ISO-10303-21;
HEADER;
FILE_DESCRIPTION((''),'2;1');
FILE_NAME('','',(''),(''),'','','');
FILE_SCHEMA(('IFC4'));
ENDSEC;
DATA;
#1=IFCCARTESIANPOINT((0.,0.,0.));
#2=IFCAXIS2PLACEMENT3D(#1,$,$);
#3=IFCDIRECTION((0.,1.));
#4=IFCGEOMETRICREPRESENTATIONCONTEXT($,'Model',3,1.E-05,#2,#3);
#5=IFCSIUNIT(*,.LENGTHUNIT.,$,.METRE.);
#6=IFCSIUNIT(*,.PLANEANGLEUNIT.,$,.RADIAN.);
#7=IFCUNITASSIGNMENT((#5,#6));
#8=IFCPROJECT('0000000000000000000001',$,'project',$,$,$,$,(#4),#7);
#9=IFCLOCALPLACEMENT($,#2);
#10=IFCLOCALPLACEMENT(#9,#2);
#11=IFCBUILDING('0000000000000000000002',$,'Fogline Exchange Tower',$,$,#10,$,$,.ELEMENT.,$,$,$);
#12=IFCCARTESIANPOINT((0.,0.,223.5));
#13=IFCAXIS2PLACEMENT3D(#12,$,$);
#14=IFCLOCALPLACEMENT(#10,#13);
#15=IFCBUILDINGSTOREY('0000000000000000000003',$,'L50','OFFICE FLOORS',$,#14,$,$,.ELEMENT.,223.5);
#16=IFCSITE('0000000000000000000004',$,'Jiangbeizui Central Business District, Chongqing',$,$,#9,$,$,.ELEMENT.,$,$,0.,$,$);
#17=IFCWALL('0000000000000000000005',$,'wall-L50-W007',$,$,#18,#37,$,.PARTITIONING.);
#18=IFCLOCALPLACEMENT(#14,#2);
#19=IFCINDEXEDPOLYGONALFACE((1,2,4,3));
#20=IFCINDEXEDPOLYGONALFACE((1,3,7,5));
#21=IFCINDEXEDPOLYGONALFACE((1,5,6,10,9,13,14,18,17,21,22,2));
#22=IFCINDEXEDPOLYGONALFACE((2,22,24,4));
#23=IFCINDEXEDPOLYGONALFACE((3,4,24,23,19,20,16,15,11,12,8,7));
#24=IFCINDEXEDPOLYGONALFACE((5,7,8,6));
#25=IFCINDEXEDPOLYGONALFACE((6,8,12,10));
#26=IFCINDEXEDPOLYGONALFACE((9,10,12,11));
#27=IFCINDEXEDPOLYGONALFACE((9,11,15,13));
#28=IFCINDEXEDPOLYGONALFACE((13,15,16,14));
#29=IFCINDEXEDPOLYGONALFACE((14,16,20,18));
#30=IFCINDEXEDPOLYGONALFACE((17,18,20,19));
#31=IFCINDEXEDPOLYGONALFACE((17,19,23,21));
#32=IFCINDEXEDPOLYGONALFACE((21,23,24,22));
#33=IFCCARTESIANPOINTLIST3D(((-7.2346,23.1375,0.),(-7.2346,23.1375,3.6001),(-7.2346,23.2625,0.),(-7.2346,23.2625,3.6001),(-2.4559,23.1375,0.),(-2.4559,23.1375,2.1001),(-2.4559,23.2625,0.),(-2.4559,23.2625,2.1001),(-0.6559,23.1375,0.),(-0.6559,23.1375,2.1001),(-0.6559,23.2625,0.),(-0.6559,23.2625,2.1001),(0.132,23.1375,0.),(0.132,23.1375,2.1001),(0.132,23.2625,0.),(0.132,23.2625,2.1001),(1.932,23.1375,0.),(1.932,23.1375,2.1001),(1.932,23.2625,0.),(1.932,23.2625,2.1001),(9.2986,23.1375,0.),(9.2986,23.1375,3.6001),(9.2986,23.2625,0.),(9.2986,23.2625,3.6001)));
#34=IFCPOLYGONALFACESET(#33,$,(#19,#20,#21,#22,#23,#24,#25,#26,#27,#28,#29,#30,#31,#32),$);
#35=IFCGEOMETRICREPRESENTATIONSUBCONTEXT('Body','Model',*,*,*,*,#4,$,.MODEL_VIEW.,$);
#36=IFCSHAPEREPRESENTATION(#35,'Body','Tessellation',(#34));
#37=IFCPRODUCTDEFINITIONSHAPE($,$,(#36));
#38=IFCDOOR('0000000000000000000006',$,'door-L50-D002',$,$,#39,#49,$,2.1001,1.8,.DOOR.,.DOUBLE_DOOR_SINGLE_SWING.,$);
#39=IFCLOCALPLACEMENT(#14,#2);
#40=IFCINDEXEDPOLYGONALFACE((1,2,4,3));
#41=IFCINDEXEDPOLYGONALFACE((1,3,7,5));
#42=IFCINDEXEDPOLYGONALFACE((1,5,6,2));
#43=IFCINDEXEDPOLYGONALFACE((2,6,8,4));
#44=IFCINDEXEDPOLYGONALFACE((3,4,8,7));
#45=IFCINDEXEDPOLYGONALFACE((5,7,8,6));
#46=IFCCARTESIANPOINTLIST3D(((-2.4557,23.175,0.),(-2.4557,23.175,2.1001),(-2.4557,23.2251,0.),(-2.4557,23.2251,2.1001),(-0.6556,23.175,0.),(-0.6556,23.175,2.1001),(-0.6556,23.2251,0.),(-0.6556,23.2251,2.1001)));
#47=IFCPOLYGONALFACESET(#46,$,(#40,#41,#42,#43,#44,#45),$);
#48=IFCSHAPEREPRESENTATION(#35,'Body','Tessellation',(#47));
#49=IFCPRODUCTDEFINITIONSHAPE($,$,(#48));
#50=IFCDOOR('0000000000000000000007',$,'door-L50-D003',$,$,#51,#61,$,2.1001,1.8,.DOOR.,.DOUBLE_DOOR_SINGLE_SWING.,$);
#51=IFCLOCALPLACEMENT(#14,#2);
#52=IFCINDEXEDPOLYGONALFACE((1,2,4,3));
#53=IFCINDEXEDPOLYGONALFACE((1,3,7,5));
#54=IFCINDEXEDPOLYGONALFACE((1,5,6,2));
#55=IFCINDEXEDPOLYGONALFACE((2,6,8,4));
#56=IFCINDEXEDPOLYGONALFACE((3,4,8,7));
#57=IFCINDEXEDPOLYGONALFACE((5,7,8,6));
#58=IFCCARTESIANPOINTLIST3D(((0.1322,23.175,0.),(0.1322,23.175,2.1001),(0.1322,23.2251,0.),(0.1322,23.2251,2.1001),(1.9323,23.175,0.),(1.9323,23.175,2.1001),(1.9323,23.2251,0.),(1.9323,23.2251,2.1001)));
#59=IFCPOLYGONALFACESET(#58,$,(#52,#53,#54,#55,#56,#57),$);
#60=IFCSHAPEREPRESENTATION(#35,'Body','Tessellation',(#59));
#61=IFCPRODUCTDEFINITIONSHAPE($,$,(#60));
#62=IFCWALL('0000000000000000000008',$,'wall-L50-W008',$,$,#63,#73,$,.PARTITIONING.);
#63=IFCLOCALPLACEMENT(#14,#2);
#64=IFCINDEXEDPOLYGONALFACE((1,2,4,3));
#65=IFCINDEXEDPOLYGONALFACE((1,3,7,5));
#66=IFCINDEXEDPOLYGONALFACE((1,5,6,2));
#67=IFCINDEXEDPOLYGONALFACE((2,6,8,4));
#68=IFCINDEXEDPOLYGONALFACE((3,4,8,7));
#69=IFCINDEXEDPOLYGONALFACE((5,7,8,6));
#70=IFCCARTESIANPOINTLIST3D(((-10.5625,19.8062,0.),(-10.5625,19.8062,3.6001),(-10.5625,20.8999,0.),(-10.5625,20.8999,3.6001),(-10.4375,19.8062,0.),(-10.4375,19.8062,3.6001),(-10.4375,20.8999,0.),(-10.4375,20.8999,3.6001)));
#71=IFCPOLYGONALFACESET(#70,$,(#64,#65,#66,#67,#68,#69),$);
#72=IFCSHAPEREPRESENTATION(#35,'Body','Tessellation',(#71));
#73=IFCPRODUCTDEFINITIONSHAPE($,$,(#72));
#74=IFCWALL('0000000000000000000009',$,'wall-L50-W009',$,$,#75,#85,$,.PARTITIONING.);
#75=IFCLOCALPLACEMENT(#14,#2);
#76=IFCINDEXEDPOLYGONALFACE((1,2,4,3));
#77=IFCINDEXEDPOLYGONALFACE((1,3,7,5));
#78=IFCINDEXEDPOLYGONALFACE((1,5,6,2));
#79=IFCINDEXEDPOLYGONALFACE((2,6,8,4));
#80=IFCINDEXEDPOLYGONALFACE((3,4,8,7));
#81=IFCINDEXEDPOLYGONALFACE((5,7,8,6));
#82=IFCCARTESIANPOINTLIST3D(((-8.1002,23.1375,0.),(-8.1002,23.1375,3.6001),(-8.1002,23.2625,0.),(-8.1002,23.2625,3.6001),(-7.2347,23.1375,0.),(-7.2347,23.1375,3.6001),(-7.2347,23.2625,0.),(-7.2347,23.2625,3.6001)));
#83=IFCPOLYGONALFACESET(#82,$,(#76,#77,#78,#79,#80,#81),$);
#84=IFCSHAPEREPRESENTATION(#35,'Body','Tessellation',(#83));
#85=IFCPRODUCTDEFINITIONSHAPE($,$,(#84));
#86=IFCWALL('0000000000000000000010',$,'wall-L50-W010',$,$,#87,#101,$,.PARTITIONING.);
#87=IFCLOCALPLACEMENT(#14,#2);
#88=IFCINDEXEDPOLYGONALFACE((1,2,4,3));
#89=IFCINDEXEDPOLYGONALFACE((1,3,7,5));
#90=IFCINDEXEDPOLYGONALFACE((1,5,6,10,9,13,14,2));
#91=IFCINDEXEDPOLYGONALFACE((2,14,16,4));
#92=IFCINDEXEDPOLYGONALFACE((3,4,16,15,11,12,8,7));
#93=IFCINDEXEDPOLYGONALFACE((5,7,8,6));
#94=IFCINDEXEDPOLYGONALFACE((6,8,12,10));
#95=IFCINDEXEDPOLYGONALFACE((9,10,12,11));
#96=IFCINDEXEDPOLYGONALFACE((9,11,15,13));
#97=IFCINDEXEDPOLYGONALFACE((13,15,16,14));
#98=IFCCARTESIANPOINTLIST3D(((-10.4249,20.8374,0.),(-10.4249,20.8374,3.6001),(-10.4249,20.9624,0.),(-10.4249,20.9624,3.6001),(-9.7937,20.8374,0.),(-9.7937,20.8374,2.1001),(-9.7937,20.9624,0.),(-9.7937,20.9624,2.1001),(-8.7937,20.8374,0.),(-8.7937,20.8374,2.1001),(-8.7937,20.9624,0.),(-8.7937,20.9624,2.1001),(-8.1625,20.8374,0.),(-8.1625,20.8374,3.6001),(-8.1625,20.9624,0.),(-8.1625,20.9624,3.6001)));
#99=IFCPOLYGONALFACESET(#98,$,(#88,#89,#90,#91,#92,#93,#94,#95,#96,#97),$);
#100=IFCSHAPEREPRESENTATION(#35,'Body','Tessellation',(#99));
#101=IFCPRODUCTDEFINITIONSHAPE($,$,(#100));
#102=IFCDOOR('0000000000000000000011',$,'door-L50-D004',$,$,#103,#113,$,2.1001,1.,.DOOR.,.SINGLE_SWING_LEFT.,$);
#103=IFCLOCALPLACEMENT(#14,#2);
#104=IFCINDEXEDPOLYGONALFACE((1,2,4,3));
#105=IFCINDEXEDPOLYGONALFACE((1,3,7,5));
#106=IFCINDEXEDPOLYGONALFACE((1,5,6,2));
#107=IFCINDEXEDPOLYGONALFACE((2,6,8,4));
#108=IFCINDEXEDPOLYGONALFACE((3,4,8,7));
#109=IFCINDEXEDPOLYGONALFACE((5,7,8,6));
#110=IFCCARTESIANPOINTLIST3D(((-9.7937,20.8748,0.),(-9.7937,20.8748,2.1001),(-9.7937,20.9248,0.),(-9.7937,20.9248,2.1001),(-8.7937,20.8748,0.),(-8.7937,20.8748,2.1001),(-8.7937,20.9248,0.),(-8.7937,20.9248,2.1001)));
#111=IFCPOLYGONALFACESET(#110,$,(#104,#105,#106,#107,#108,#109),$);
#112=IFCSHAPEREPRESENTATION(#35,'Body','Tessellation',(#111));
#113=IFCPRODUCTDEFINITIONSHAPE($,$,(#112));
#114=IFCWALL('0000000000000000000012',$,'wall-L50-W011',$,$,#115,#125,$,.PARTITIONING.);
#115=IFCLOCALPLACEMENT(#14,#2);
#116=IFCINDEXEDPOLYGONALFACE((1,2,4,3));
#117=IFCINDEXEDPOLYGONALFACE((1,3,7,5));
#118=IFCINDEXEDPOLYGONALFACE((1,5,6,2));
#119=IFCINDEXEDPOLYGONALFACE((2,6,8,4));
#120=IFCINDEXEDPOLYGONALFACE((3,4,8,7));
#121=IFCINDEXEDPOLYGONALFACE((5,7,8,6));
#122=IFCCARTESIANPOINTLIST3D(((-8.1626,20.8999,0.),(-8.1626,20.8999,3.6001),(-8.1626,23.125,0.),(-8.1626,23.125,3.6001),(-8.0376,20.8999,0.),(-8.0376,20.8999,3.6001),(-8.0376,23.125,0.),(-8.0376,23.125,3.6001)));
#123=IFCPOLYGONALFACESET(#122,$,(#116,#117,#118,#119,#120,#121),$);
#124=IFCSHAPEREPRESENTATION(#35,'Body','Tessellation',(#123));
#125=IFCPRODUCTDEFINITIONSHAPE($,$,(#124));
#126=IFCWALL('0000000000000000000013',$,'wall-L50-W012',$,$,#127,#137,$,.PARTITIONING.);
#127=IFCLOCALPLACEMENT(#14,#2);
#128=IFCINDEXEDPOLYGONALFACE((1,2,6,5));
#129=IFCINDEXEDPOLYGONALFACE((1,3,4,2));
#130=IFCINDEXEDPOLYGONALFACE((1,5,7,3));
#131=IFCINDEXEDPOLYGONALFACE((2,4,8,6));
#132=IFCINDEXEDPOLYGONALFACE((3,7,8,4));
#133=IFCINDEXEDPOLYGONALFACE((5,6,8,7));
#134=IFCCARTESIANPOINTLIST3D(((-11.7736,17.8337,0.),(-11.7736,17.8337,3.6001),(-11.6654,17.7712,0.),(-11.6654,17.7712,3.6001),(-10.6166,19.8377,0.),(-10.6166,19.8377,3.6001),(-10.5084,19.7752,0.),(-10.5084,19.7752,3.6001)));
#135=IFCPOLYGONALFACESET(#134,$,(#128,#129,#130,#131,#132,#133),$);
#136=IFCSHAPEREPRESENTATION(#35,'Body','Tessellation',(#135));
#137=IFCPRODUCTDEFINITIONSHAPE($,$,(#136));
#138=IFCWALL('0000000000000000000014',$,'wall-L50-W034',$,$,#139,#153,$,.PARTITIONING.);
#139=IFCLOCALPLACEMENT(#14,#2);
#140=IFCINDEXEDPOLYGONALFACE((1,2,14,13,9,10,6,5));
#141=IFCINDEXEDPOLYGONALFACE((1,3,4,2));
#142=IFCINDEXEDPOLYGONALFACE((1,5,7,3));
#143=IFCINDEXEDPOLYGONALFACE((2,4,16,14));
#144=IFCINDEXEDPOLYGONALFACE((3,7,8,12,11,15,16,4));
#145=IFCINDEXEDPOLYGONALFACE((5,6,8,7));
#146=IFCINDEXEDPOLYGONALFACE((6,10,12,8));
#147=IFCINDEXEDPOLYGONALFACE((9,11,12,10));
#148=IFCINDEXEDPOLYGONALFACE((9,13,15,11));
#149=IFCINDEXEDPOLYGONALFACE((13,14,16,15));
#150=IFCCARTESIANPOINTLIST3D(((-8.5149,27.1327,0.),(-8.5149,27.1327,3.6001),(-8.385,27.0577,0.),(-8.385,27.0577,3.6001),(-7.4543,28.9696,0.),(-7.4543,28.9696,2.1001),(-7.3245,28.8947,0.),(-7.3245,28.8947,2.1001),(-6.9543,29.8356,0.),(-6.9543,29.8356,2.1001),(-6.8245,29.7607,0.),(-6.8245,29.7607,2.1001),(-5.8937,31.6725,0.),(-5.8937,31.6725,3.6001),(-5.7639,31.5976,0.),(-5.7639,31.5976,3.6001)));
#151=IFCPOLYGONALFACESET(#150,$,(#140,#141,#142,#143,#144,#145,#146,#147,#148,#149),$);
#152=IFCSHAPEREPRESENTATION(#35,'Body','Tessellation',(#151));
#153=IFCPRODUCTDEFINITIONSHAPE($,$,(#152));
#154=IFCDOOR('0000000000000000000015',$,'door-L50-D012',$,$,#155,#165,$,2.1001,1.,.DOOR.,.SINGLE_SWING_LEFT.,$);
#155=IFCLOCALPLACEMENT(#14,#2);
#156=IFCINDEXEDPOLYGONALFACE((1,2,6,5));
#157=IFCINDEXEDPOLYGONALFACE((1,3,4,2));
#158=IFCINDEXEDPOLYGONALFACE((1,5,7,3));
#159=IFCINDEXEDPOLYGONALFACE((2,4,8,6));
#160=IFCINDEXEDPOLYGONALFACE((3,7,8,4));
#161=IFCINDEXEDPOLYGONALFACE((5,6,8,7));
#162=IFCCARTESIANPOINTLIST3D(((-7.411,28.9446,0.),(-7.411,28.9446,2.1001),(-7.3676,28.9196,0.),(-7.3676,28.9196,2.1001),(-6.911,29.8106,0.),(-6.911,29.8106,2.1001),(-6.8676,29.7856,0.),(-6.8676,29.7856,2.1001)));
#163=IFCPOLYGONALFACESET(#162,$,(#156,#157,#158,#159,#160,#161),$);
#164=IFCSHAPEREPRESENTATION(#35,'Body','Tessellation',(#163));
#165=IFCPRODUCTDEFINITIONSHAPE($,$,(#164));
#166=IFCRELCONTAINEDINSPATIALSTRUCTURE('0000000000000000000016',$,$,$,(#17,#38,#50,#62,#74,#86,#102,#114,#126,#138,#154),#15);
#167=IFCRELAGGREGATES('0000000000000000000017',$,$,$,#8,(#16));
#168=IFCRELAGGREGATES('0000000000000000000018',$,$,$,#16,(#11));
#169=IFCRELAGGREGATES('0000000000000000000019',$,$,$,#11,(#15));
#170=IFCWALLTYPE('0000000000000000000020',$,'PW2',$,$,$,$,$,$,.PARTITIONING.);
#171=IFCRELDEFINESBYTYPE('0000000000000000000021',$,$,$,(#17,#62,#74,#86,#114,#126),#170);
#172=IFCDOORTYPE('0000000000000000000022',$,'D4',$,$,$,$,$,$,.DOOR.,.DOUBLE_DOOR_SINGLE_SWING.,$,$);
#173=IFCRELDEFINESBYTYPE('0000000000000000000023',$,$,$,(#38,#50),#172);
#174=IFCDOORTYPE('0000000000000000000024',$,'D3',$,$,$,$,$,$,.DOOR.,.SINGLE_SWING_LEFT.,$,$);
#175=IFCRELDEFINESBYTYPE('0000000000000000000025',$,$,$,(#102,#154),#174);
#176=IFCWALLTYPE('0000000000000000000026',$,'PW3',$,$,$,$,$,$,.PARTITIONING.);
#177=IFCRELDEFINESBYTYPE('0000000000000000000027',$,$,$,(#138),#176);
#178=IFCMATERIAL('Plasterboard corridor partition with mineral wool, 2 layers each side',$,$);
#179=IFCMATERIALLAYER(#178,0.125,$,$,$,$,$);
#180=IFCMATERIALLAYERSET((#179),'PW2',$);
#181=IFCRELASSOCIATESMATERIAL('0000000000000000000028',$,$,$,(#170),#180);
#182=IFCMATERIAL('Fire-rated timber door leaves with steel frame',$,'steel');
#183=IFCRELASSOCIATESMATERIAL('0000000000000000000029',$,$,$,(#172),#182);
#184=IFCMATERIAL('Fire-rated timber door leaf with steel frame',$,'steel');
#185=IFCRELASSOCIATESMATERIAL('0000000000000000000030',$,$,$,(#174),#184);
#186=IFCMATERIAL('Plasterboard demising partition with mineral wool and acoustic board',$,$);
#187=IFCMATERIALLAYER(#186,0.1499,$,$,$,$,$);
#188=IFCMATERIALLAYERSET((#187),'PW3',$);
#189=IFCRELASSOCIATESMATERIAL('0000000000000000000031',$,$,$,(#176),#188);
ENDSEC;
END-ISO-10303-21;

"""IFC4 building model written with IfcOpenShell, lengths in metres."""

from ifc_helpers import new_model, si_unit, direction, frame, frame_2d, origin, place, context, subcontext, project, spatial, rectangle, extrude, material, layer, layer_set, type_object, element, fill, save


model = new_model("IFC4")

# Units and contexts
model_context = context("Model", 3, precision=1e-05, world=origin(), true_north=direction((0.0, 1.0)))
body_context = subcontext(model_context, "Body", "Model", "MODEL_VIEW")
ifc_project = project(units=[si_unit("LENGTHUNIT", "METRE"), si_unit("PLANEANGLEUNIT", "RADIAN")], contexts=[model_context])

# Site, building, storey
site_placement = place(None, origin())
site = spatial("IfcSite", under=ifc_project, at=site_placement, Name="Jiangbeizui Central Business District, Chongqing", CompositionType="ELEMENT", RefElevation=0.0)
building_placement = place(site_placement, origin())
building = spatial("IfcBuilding", under=site, at=building_placement, Name="Fogline Exchange Tower", CompositionType="ELEMENT")
storey_placement = place(building_placement, frame((0.0, 0.0, 223.5)))
storey = spatial("IfcBuildingStorey", under=building, at=storey_placement, Name="L50", Description="OFFICE FLOORS", CompositionType="ELEMENT", Elevation=223.5)

# Wall, openings, doors
ifc_material_1 = material(Name="Plasterboard corridor partition with mineral wool, 2 layers each side")
ifc_layer_1 = layer(ifc_material_1, 0.125)
ifc_layer_set_1 = layer_set([ifc_layer_1], Name="PW2")
wall_type_1 = type_object("IfcWallType", Name="PW2", PredefinedType="PARTITIONING", material=ifc_layer_set_1)
wall_1_placement = place(storey_placement, frame((-7.2346, 23.2, 0.0), z_axis=(0.0, 0.0, 1.0), x_axis=(1.0, 0.0, 0.0)))
wall_1 = element("IfcWall", 1, at=wall_1_placement, inside=storey, type_object=wall_type_1, Name="wall-L50-W007", PredefinedType="PARTITIONING", context=body_context, shape_type="SweptSolid", body=[
    extrude(rectangle(XDim=16.5332, YDim=0.125, at=frame_2d((8.2666, 0.0))), origin(), (0.0, 0.0, 1.0), 3.6001),
])
opening_1_placement = place(wall_1_placement, frame((4.7788, 0.0, 0.0)))
opening_1 = element("IfcOpeningElement", 2, at=opening_1_placement, cuts=wall_1, PredefinedType="OPENING", context=body_context, shape_type="SweptSolid", body=[
    extrude(rectangle(XDim=1.8, YDim=2.1001, at=frame_2d((0.8999, 1.05))), frame((0.0, 0.0725, 0.0), z_axis=(0.0, -1.0, 0.0), x_axis=(1.0, 0.0, 0.0)), (0.0, 0.0, 1.0), 0.145),
])
opening_2_placement = place(wall_1_placement, frame((7.3667, 0.0, 0.0)))
opening_2 = element("IfcOpeningElement", 3, at=opening_2_placement, cuts=wall_1, PredefinedType="OPENING", context=body_context, shape_type="SweptSolid", body=[
    extrude(rectangle(XDim=1.8, YDim=2.1001, at=frame_2d((0.8999, 1.05))), frame((0.0, 0.0725, 0.0), z_axis=(0.0, -1.0, 0.0), x_axis=(1.0, 0.0, 0.0)), (0.0, 0.0, 1.0), 0.145),
])
ifc_material_2 = material(Name="Fire-rated timber door leaves with steel frame", Category="steel")
door_type_1 = type_object("IfcDoorType", Name="D4", OperationType="DOUBLE_DOOR_SINGLE_SWING", PredefinedType="DOOR", material=ifc_material_2)
door_1_placement = place(opening_1_placement, frame((1.8, 0.0, 0.0), z_axis=(0.0, 0.0, 1.0), x_axis=(-1.0, 0.0, 0.0)))
door_1 = element("IfcDoor", 4, at=door_1_placement, inside=storey, type_object=door_type_1, Name="door-L50-D002", OperationType="DOUBLE_DOOR_SINGLE_SWING", OverallHeight=2.1001, OverallWidth=1.8, PredefinedType="DOOR", context=body_context, shape_type="SweptSolid", body=[
    extrude(rectangle(XDim=1.8, YDim=2.1001, at=frame_2d((0.8999, 1.05))), frame((0.0, 0.0249, 0.0), z_axis=(0.0, -1.0, 0.0), x_axis=(1.0, 0.0, 0.0)), (0.0, 0.0, 1.0), 0.05),
])
fill(opening_1, door_1)
door_2_placement = place(opening_2_placement, frame((1.8, 0.0, 0.0), z_axis=(0.0, 0.0, 1.0), x_axis=(-1.0, 0.0, 0.0)))
door_2 = element("IfcDoor", 5, at=door_2_placement, inside=storey, type_object=door_type_1, Name="door-L50-D003", OperationType="DOUBLE_DOOR_SINGLE_SWING", OverallHeight=2.1001, OverallWidth=1.8, PredefinedType="DOOR", context=body_context, shape_type="SweptSolid", body=[
    extrude(rectangle(XDim=1.8, YDim=2.1001, at=frame_2d((0.8999, 1.05))), frame((0.0, 0.0249, 0.0), z_axis=(0.0, -1.0, 0.0), x_axis=(1.0, 0.0, 0.0)), (0.0, 0.0, 1.0), 0.05),
])
fill(opening_2, door_2)

# Walls
wall_2_placement = place(storey_placement, frame((-10.5, 19.8062, 0.0), z_axis=(0.0, 0.0, 1.0), x_axis=(0.0, 1.0, 0.0)))
element("IfcWall", 6, at=wall_2_placement, inside=storey, type_object=wall_type_1, Name="wall-L50-W008", PredefinedType="PARTITIONING", context=body_context, shape_type="SweptSolid", body=[
    extrude(rectangle(XDim=1.0938, YDim=0.125, at=frame_2d((0.5469, 0.0))), origin(), (0.0, 0.0, 1.0), 3.6001),
])
wall_3_placement = place(storey_placement, frame((-8.1001, 23.2, 0.0), z_axis=(0.0, 0.0, 1.0), x_axis=(1.0, 0.0, 0.0)))
element("IfcWall", 7, at=wall_3_placement, inside=storey, type_object=wall_type_1, Name="wall-L50-W009", PredefinedType="PARTITIONING", context=body_context, shape_type="SweptSolid", body=[
    extrude(rectangle(XDim=0.8655, YDim=0.125, at=frame_2d((0.4326, 0.0))), origin(), (0.0, 0.0, 1.0), 3.6001),
])

# Wall, opening, door
wall_4_placement = place(storey_placement, frame((-10.425, 20.8999, 0.0), z_axis=(0.0, 0.0, 1.0), x_axis=(1.0, 0.0, 0.0)))
wall_4 = element("IfcWall", 8, at=wall_4_placement, inside=storey, type_object=wall_type_1, Name="wall-L50-W010", PredefinedType="PARTITIONING", context=body_context, shape_type="SweptSolid", body=[
    extrude(rectangle(XDim=2.2625, YDim=0.125, at=frame_2d((1.1313, 0.0))), origin(), (0.0, 0.0, 1.0), 3.6001),
])
opening_3_placement = place(wall_4_placement, frame((0.6313, 0.0, 0.0)))
opening_3 = element("IfcOpeningElement", 9, at=opening_3_placement, cuts=wall_4, PredefinedType="OPENING", context=body_context, shape_type="SweptSolid", body=[
    extrude(rectangle(XDim=1.0, YDim=2.1001, at=frame_2d((0.5, 1.05))), frame((0.0, 0.0725, 0.0), z_axis=(0.0, -1.0, 0.0), x_axis=(1.0, 0.0, 0.0)), (0.0, 0.0, 1.0), 0.145),
])
ifc_material_3 = material(Name="Fire-rated timber door leaf with steel frame", Category="steel")
door_type_2 = type_object("IfcDoorType", Name="D3", OperationType="SINGLE_SWING_LEFT", PredefinedType="DOOR", material=ifc_material_3)
door_3_placement = place(opening_3_placement, origin())
door_3 = element("IfcDoor", 10, at=door_3_placement, inside=storey, type_object=door_type_2, Name="door-L50-D004", OperationType="SINGLE_SWING_LEFT", OverallHeight=2.1001, OverallWidth=1.0, PredefinedType="DOOR", context=body_context, shape_type="SweptSolid", body=[
    extrude(rectangle(XDim=1.0, YDim=2.1001, at=frame_2d((0.5, 1.05))), frame((0.0, 0.0249, 0.0), z_axis=(0.0, -1.0, 0.0), x_axis=(1.0, 0.0, 0.0)), (0.0, 0.0, 1.0), 0.05),
])
fill(opening_3, door_3)

# Walls
wall_5_placement = place(storey_placement, frame((-8.1001, 20.8999, 0.0), z_axis=(0.0, 0.0, 1.0), x_axis=(0.0, 1.0, 0.0)))
element("IfcWall", 11, at=wall_5_placement, inside=storey, type_object=wall_type_1, Name="wall-L50-W011", PredefinedType="PARTITIONING", context=body_context, shape_type="SweptSolid", body=[
    extrude(rectangle(XDim=2.2251, YDim=0.125, at=frame_2d((1.1125, 0.0))), origin(), (0.0, 0.0, 1.0), 3.6001),
])
wall_6_placement = place(storey_placement, frame((-11.7195, 17.8025, 0.0), z_axis=(0.0, 0.0, 1.0), x_axis=(0.500009, 0.86602, 0.0)))
element("IfcWall", 12, at=wall_6_placement, inside=storey, type_object=wall_type_1, Name="wall-L50-W012", PredefinedType="PARTITIONING", context=body_context, shape_type="SweptSolid", body=[
    extrude(rectangle(XDim=2.314, YDim=0.125, at=frame_2d((1.157, 0.0))), origin(), (0.0, 0.0, 1.0), 3.6001),
])

# Wall, opening, door
ifc_material_4 = material(Name="Plasterboard demising partition with mineral wool and acoustic board")
ifc_layer_2 = layer(ifc_material_4, 0.1499)
ifc_layer_set_2 = layer_set([ifc_layer_2], Name="PW3")
wall_type_2 = type_object("IfcWallType", Name="PW3", PredefinedType="PARTITIONING", material=ifc_layer_set_2)
wall_7_placement = place(storey_placement, frame((-8.45, 27.0952, 0.0), z_axis=(0.0, 0.0, 1.0), x_axis=(0.500006, 0.866022, 0.0)))
wall_7 = element("IfcWall", 13, at=wall_7_placement, inside=storey, type_object=wall_type_2, Name="wall-L50-W034", PredefinedType="PARTITIONING", context=body_context, shape_type="SweptSolid", body=[
    extrude(rectangle(XDim=5.2422, YDim=0.1499, at=frame_2d((2.6211, 0.0))), origin(), (0.0, 0.0, 1.0), 3.6001),
])
opening_4_placement = place(wall_7_placement, frame((2.1211, 0.0, 0.0)))
opening_4 = element("IfcOpeningElement", 14, at=opening_4_placement, cuts=wall_7, PredefinedType="OPENING", context=body_context, shape_type="SweptSolid", body=[
    extrude(rectangle(XDim=1.0, YDim=2.1001, at=frame_2d((0.5, 1.05))), frame((0.0, 0.085, 0.0), z_axis=(0.0, -1.0, 0.0), x_axis=(1.0, 0.0, 0.0)), (0.0, 0.0, 1.0), 0.1699),
])
door_4_placement = place(opening_4_placement, origin())
door_4 = element("IfcDoor", 15, at=door_4_placement, inside=storey, type_object=door_type_2, Name="door-L50-D012", OperationType="SINGLE_SWING_LEFT", OverallHeight=2.1001, OverallWidth=1.0, PredefinedType="DOOR", context=body_context, shape_type="SweptSolid", body=[
    extrude(rectangle(XDim=1.0, YDim=2.1001, at=frame_2d((0.5, 1.05))), frame((0.0, 0.0249, 0.0), z_axis=(0.0, -1.0, 0.0), x_axis=(1.0, 0.0, 0.0)), (0.0, 0.0, 1.0), 0.05),
])
fill(opening_4, door_4)

save(model, "model.ifc")
